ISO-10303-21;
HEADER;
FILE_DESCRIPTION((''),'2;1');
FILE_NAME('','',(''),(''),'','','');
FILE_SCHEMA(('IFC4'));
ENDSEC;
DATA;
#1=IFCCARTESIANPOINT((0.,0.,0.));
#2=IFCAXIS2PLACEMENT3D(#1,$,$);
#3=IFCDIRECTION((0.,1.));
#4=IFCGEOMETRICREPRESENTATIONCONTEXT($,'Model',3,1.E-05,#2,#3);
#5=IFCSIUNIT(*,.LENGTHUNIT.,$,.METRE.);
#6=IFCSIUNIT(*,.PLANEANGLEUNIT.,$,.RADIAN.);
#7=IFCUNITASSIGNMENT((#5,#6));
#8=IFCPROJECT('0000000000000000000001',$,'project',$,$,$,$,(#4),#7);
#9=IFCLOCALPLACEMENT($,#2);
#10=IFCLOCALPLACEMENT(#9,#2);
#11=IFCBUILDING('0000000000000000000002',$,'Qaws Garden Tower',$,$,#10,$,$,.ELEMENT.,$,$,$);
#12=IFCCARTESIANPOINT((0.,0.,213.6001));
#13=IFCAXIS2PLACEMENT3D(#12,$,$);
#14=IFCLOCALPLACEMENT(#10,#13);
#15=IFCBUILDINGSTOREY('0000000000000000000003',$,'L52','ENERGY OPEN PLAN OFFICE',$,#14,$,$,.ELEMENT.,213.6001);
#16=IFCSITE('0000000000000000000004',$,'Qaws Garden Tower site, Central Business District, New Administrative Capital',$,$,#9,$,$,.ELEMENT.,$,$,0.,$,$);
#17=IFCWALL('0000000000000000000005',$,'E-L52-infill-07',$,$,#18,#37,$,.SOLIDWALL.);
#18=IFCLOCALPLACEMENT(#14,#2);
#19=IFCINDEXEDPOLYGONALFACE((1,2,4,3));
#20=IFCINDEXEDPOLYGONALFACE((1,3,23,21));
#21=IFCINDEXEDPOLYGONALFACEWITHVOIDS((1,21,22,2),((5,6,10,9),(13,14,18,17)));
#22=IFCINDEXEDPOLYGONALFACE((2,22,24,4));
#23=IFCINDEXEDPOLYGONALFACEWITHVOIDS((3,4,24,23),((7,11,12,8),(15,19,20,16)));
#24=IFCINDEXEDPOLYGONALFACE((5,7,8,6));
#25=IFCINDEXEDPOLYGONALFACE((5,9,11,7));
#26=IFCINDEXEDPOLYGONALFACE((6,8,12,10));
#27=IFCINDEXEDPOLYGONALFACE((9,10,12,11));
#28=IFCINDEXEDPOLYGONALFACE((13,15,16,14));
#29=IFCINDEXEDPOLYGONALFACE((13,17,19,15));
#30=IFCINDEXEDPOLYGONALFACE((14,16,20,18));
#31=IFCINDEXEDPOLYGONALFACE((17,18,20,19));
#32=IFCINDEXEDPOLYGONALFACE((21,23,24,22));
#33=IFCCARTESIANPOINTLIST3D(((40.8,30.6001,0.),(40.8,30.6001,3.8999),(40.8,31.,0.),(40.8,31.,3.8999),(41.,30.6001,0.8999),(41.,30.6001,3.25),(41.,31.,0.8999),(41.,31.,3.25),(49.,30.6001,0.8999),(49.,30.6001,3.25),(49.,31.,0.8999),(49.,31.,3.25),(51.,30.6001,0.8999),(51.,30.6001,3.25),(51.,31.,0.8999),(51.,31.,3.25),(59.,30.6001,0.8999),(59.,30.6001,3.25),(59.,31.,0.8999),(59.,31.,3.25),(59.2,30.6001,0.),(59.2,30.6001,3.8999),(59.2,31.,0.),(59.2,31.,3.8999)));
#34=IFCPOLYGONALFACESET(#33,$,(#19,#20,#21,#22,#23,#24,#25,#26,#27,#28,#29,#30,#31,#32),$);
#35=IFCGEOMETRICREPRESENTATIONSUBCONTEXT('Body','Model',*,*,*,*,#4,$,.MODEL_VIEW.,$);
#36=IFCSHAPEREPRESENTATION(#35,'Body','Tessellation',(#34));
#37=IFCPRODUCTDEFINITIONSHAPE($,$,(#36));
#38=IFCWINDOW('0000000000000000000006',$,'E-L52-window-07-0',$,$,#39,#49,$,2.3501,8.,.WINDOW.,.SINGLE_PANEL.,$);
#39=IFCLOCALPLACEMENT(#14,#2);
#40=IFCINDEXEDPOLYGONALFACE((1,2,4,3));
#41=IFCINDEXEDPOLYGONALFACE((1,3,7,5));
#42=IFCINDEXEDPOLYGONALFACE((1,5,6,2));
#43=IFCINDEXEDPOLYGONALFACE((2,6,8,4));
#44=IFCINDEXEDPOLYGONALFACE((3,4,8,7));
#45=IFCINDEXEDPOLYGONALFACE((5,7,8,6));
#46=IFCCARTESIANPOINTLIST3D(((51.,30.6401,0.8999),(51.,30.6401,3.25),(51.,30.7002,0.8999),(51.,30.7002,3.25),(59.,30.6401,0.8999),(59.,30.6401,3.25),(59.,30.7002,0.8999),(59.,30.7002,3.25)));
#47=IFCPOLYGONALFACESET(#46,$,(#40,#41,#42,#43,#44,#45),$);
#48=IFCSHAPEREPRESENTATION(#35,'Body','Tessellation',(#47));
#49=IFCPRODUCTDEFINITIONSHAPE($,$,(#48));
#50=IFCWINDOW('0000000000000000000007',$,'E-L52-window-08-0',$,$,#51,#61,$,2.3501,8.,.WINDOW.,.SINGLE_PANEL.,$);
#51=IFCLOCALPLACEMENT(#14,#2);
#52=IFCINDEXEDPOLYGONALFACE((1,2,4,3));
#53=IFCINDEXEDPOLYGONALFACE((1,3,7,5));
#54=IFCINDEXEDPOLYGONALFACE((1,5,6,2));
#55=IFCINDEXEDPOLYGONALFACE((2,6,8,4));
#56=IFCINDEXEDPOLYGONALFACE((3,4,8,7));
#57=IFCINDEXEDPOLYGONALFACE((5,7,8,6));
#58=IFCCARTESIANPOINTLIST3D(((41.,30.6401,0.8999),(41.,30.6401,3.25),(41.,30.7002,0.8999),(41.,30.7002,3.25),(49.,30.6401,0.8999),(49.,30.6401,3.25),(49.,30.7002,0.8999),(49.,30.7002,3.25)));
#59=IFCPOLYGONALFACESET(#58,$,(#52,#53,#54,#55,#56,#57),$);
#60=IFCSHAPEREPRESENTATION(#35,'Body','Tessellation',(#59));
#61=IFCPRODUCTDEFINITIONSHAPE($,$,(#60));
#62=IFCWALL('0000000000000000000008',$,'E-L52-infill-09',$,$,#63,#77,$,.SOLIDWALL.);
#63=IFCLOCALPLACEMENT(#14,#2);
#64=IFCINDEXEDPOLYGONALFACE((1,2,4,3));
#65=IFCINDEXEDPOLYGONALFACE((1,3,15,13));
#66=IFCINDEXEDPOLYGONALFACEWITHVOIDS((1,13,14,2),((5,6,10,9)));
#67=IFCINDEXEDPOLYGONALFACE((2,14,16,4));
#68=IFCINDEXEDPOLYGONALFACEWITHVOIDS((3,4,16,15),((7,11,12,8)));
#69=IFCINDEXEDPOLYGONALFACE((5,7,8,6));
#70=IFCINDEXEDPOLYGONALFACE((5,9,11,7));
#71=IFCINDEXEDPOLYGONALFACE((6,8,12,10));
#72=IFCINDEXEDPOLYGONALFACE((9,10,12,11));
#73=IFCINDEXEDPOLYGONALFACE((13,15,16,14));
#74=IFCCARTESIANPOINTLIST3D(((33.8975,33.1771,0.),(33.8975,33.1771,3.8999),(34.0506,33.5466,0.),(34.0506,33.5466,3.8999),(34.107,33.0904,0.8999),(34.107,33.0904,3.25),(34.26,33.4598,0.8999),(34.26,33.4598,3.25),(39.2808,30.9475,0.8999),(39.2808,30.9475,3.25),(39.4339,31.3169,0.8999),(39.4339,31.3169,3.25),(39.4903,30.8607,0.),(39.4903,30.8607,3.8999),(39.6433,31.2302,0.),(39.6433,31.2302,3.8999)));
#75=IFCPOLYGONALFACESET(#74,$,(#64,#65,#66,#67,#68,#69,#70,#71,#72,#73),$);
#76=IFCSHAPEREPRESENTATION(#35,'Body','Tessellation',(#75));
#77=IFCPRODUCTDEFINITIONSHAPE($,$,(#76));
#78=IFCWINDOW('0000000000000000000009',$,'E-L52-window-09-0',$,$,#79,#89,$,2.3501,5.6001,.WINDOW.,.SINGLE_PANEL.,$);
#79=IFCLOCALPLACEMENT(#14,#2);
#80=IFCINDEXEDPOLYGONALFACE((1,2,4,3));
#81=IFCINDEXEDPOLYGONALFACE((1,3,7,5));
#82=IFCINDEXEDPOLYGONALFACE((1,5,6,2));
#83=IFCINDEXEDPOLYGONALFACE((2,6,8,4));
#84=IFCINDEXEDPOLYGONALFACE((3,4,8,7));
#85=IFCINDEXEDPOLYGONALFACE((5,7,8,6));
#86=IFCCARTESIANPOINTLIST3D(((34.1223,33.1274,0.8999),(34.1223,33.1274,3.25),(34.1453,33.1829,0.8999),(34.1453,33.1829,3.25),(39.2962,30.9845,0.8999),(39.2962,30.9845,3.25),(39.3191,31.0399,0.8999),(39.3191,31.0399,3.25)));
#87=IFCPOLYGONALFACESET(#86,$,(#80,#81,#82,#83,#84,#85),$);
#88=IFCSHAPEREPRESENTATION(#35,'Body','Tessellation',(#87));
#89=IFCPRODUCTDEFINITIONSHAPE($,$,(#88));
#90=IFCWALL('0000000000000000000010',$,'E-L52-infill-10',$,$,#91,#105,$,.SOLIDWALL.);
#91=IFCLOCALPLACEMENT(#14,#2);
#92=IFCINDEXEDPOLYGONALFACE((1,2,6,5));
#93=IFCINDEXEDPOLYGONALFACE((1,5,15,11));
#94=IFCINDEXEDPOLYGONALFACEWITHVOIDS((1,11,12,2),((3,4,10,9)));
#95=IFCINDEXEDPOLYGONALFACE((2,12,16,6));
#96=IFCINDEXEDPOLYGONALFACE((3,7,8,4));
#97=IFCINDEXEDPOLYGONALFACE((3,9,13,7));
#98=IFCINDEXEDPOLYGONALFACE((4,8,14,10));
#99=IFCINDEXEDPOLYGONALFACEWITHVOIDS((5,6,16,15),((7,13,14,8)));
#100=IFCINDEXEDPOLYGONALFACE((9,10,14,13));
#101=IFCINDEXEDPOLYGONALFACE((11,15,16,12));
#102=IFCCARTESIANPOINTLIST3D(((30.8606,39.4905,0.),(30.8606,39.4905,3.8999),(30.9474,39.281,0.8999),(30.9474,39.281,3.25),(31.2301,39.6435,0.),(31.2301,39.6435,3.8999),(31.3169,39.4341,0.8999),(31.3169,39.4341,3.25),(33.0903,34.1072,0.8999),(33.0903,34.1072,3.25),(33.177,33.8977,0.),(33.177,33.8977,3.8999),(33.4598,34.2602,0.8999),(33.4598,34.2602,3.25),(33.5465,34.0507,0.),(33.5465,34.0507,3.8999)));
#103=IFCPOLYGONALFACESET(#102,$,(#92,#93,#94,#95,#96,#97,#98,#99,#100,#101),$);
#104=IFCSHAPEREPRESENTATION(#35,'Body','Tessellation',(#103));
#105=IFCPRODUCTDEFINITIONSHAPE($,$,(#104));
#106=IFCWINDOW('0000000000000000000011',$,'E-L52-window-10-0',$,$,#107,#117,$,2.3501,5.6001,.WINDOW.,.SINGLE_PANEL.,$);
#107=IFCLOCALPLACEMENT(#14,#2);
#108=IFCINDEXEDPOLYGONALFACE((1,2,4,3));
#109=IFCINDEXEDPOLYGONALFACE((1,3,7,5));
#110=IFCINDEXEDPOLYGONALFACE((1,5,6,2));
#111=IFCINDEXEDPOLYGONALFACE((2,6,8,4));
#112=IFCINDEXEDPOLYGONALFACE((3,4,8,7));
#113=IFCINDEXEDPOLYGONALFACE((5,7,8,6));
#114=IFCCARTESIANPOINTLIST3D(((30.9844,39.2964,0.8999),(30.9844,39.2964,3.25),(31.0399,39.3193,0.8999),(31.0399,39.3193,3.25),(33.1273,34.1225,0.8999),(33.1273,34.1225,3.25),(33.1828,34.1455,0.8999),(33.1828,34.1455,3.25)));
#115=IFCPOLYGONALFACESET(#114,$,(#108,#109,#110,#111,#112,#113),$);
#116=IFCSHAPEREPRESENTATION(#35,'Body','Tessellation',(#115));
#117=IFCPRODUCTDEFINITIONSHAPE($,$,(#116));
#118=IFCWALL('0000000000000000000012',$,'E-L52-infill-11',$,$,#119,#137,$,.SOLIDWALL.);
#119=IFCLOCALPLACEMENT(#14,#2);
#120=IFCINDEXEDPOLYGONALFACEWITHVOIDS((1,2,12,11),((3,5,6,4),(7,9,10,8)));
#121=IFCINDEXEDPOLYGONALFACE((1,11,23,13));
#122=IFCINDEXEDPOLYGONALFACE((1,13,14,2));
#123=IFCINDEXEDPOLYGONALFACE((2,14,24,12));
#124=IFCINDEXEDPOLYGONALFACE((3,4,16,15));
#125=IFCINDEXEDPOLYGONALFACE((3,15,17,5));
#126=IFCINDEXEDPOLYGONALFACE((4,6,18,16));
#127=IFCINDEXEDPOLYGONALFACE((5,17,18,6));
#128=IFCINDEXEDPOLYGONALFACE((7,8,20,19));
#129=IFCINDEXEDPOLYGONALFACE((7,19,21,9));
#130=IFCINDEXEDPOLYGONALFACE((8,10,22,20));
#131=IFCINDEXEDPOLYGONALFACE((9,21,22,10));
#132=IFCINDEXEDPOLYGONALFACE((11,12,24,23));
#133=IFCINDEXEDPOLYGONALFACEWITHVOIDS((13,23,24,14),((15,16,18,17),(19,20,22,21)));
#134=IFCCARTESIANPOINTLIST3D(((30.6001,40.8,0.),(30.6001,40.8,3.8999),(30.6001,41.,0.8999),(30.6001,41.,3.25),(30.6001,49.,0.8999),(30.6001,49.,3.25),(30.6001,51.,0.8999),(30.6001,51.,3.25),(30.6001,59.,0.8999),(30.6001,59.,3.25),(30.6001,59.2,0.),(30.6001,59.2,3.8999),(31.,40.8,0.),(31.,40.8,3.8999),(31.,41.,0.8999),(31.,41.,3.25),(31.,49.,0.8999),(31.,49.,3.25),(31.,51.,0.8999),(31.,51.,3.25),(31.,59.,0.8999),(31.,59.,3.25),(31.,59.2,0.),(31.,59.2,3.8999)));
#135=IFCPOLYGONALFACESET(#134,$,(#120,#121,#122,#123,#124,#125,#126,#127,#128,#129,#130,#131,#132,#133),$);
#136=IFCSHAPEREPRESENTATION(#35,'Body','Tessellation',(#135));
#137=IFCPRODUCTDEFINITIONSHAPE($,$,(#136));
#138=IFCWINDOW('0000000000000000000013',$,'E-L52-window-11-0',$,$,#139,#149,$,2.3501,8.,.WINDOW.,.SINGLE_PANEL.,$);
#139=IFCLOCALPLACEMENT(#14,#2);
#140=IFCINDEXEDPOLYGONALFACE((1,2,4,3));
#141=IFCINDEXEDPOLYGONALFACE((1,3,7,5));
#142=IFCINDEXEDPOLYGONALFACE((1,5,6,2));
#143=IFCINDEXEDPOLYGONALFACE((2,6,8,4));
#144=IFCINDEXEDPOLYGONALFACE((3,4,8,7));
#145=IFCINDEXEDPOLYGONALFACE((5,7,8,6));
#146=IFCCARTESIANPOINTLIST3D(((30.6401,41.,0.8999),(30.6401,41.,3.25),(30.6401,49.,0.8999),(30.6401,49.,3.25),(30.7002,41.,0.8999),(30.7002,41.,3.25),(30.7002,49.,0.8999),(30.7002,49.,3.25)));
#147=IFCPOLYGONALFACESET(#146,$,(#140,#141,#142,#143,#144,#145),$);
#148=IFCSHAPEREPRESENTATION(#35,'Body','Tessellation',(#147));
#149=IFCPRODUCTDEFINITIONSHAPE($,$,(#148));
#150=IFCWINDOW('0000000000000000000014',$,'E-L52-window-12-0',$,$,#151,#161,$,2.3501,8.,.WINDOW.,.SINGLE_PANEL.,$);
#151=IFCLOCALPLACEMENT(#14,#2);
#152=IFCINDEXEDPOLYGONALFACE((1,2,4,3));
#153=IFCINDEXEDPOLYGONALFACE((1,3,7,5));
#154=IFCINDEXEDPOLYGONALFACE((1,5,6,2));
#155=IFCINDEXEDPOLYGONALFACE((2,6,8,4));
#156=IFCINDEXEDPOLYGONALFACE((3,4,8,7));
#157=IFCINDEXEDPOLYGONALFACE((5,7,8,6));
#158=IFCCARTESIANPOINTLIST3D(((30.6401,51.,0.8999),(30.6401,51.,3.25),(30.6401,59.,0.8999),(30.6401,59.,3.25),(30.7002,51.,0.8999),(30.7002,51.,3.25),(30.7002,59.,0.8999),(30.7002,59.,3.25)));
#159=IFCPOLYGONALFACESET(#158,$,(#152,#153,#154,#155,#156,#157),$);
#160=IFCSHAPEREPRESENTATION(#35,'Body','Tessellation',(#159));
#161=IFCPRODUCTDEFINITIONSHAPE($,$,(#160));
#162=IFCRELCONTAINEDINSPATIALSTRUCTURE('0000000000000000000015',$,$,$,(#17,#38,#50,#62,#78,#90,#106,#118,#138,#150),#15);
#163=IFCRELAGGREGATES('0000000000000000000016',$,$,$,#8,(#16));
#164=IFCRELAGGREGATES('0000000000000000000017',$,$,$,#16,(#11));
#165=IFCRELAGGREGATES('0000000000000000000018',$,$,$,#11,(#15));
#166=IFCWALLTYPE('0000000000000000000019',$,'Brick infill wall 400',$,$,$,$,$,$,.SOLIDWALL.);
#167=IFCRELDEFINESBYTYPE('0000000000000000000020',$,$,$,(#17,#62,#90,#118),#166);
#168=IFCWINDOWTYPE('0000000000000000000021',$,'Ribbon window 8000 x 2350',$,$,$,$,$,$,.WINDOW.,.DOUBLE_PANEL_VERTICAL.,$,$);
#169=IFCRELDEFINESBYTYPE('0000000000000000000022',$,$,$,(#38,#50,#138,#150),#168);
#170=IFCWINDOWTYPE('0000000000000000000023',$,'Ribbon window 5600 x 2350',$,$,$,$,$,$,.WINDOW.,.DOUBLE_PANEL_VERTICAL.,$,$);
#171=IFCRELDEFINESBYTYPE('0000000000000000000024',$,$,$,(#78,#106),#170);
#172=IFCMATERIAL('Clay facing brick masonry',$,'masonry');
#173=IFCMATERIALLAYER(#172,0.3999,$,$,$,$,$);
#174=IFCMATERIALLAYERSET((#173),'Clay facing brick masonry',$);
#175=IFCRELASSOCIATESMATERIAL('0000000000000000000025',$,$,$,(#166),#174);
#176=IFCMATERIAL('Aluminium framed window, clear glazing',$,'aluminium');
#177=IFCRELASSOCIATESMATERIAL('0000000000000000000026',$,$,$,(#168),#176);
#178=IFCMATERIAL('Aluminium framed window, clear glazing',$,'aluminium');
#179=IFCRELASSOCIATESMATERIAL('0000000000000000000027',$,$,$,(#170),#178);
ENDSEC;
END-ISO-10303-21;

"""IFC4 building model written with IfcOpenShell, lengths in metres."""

from ifc_helpers import new_model, si_unit, direction, frame, frame_2d, origin, place, context, subcontext, project, spatial, rectangle, extrude, material, layer, layer_set, type_object, element, fill, save


model = new_model("IFC4")

# Units and contexts
model_context = context("Model", 3, precision=1e-05, world=origin(), true_north=direction((0.0, 1.0)))
body_context = subcontext(model_context, "Body", "Model", "MODEL_VIEW")
ifc_project = project(units=[si_unit("LENGTHUNIT", "METRE"), si_unit("PLANEANGLEUNIT", "RADIAN")], contexts=[model_context])

# Site, building, storey
site_placement = place(None, origin())
site = spatial("IfcSite", under=ifc_project, at=site_placement, Name="Qaws Garden Tower site, Central Business District, New Administrative Capital", CompositionType="ELEMENT", RefElevation=0.0)
building_placement = place(site_placement, origin())
building = spatial("IfcBuilding", under=site, at=building_placement, Name="Qaws Garden Tower", CompositionType="ELEMENT")
storey_placement = place(building_placement, frame((0.0, 0.0, 213.6001)))
storey = spatial("IfcBuildingStorey", under=building, at=storey_placement, Name="L52", Description="ENERGY OPEN PLAN OFFICE", CompositionType="ELEMENT", Elevation=213.6001)

# Wall, openings, windows
ifc_material_1 = material(Name="Clay facing brick masonry", Category="masonry")
ifc_layer_1 = layer(ifc_material_1, 0.3999)
ifc_layer_set_1 = layer_set([ifc_layer_1], Name="Clay facing brick masonry")
wall_type_1 = type_object("IfcWallType", Name="Brick infill wall 400", PredefinedType="SOLIDWALL", material=ifc_layer_set_1)
wall_1_placement = place(storey_placement, frame((59.2, 30.8, 0.0), z_axis=(0.0, 0.0, 1.0), x_axis=(-1.0, 0.0, 0.0)))
wall_1 = element("IfcWall", 1, at=wall_1_placement, inside=storey, type_object=wall_type_1, Name="E-L52-infill-07", PredefinedType="SOLIDWALL", context=body_context, shape_type="SweptSolid", body=[
    extrude(rectangle(XDim=18.3999, YDim=0.3999, at=frame_2d((9.2, 0.0))), origin(), (0.0, 0.0, 1.0), 3.8999),
])
opening_1_placement = place(wall_1_placement, frame((0.2, 0.0, 0.8999)))
opening_1 = element("IfcOpeningElement", 2, at=opening_1_placement, cuts=wall_1, PredefinedType="OPENING", context=body_context, shape_type="SweptSolid", body=[
    extrude(rectangle(XDim=8.0, YDim=2.3501, at=frame_2d((4.0, 1.175))), frame((0.0, 0.21, 0.0), z_axis=(0.0, -1.0, 0.0), x_axis=(1.0, 0.0, 0.0)), (0.0, 0.0, 1.0), 0.4199),
])
opening_2_placement = place(wall_1_placement, frame((10.2, 0.0, 0.8999)))
opening_2 = element("IfcOpeningElement", 3, at=opening_2_placement, cuts=wall_1, PredefinedType="OPENING", context=body_context, shape_type="SweptSolid", body=[
    extrude(rectangle(XDim=8.0, YDim=2.3501, at=frame_2d((4.0, 1.175))), frame((0.0, 0.21, 0.0), z_axis=(0.0, -1.0, 0.0), x_axis=(1.0, 0.0, 0.0)), (0.0, 0.0, 1.0), 0.4199),
])
ifc_material_2 = material(Name="Aluminium framed window, clear glazing", Category="aluminium")
window_type_1 = type_object("IfcWindowType", Name="Ribbon window 8000 x 2350", PartitioningType="DOUBLE_PANEL_VERTICAL", PredefinedType="WINDOW", material=ifc_material_2)
window_1_placement = place(opening_1_placement, origin())
window_1 = element("IfcWindow", 4, at=window_1_placement, inside=storey, type_object=window_type_1, Name="E-L52-window-07-0", OverallHeight=2.3501, OverallWidth=8.0, PartitioningType="SINGLE_PANEL", PredefinedType="WINDOW", context=body_context, shape_type="SweptSolid", body=[
    extrude(rectangle(XDim=8.0, YDim=2.3501, at=frame_2d((4.0, 1.175))), frame((0.0, 0.1599, 0.0), z_axis=(0.0, -1.0, 0.0), x_axis=(1.0, 0.0, 0.0)), (0.0, 0.0, 1.0), 0.0601),
])
fill(opening_1, window_1)
window_2_placement = place(opening_2_placement, origin())
window_2 = element("IfcWindow", 5, at=window_2_placement, inside=storey, type_object=window_type_1, Name="E-L52-window-08-0", OverallHeight=2.3501, OverallWidth=8.0, PartitioningType="SINGLE_PANEL", PredefinedType="WINDOW", context=body_context, shape_type="SweptSolid", body=[
    extrude(rectangle(XDim=8.0, YDim=2.3501, at=frame_2d((4.0, 1.175))), frame((0.0, 0.1599, 0.0), z_axis=(0.0, -1.0, 0.0), x_axis=(1.0, 0.0, 0.0)), (0.0, 0.0, 1.0), 0.0601),
])
fill(opening_2, window_2)

# Walls, openings, windows
wall_2_placement = place(storey_placement, frame((39.5669, 31.0454, 0.0), z_axis=(0.0, 0.0, 1.0), x_axis=(-0.923891, 0.382656, 0.0)))
wall_2 = element("IfcWall", 6, at=wall_2_placement, inside=storey, type_object=wall_type_1, Name="E-L52-infill-09", PredefinedType="SOLIDWALL", context=body_context, shape_type="SweptSolid", body=[
    extrude(rectangle(XDim=6.0535, YDim=0.3999, at=frame_2d((3.0269, 0.0))), origin(), (0.0, 0.0, 1.0), 3.8999),
])
opening_3_placement = place(wall_2_placement, frame((0.2268, 0.0, 0.8999)))
opening_3 = element("IfcOpeningElement", 7, at=opening_3_placement, cuts=wall_2, PredefinedType="OPENING", context=body_context, shape_type="SweptSolid", body=[
    extrude(rectangle(XDim=5.6001, YDim=2.3501, at=frame_2d((2.8, 1.175))), frame((0.0, 0.21, 0.0), z_axis=(0.0, -1.0, 0.0), x_axis=(1.0, 0.0, 0.0)), (0.0, 0.0, 1.0), 0.4199),
])
ifc_material_3 = material(Name="Aluminium framed window, clear glazing", Category="aluminium")
window_type_2 = type_object("IfcWindowType", Name="Ribbon window 5600 x 2350", PartitioningType="DOUBLE_PANEL_VERTICAL", PredefinedType="WINDOW", material=ifc_material_3)
window_3_placement = place(opening_3_placement, origin())
window_3 = element("IfcWindow", 8, at=window_3_placement, inside=storey, type_object=window_type_2, Name="E-L52-window-09-0", OverallHeight=2.3501, OverallWidth=5.6001, PartitioningType="SINGLE_PANEL", PredefinedType="WINDOW", context=body_context, shape_type="SweptSolid", body=[
    extrude(rectangle(XDim=5.6001, YDim=2.3501, at=frame_2d((2.8, 1.175))), frame((0.0, 0.1599, 0.0), z_axis=(0.0, -1.0, 0.0), x_axis=(1.0, 0.0, 0.0)), (0.0, 0.0, 1.0), 0.0601),
])
fill(opening_3, window_3)
wall_3_placement = place(storey_placement, frame((33.3618, 33.9741, 0.0), z_axis=(0.0, 0.0, 1.0), x_axis=(-0.382656, 0.923891, 0.0)))
wall_3 = element("IfcWall", 9, at=wall_3_placement, inside=storey, type_object=wall_type_1, Name="E-L52-infill-10", PredefinedType="SOLIDWALL", context=body_context, shape_type="SweptSolid", body=[
    extrude(rectangle(XDim=6.0535, YDim=0.3999, at=frame_2d((3.0269, 0.0))), origin(), (0.0, 0.0, 1.0), 3.8999),
])
opening_4_placement = place(wall_3_placement, frame((0.2268, 0.0, 0.8999)))
opening_4 = element("IfcOpeningElement", 10, at=opening_4_placement, cuts=wall_3, PredefinedType="OPENING", context=body_context, shape_type="SweptSolid", body=[
    extrude(rectangle(XDim=5.6001, YDim=2.3501, at=frame_2d((2.8, 1.175))), frame((0.0, 0.21, 0.0), z_axis=(0.0, -1.0, 0.0), x_axis=(1.0, 0.0, 0.0)), (0.0, 0.0, 1.0), 0.4199),
])
window_4_placement = place(opening_4_placement, origin())
window_4 = element("IfcWindow", 11, at=window_4_placement, inside=storey, type_object=window_type_2, Name="E-L52-window-10-0", OverallHeight=2.3501, OverallWidth=5.6001, PartitioningType="SINGLE_PANEL", PredefinedType="WINDOW", context=body_context, shape_type="SweptSolid", body=[
    extrude(rectangle(XDim=5.6001, YDim=2.3501, at=frame_2d((2.8, 1.175))), frame((0.0, 0.1599, 0.0), z_axis=(0.0, -1.0, 0.0), x_axis=(1.0, 0.0, 0.0)), (0.0, 0.0, 1.0), 0.0601),
])
fill(opening_4, window_4)

# Wall, openings, windows
wall_4_placement = place(storey_placement, frame((30.8, 40.8, 0.0), z_axis=(0.0, 0.0, 1.0), x_axis=(0.0, 1.0, 0.0)))
wall_4 = element("IfcWall", 12, at=wall_4_placement, inside=storey, type_object=wall_type_1, Name="E-L52-infill-11", PredefinedType="SOLIDWALL", context=body_context, shape_type="SweptSolid", body=[
    extrude(rectangle(XDim=18.3999, YDim=0.3999, at=frame_2d((9.2, 0.0))), origin(), (0.0, 0.0, 1.0), 3.8999),
])
opening_5_placement = place(wall_4_placement, frame((0.2, 0.0, 0.8999)))
opening_5 = element("IfcOpeningElement", 13, at=opening_5_placement, cuts=wall_4, PredefinedType="OPENING", context=body_context, shape_type="SweptSolid", body=[
    extrude(rectangle(XDim=8.0, YDim=2.3501, at=frame_2d((4.0, 1.175))), frame((0.0, 0.21, 0.0), z_axis=(0.0, -1.0, 0.0), x_axis=(1.0, 0.0, 0.0)), (0.0, 0.0, 1.0), 0.4199),
])
opening_6_placement = place(wall_4_placement, frame((10.2, 0.0, 0.8999)))
opening_6 = element("IfcOpeningElement", 14, at=opening_6_placement, cuts=wall_4, PredefinedType="OPENING", context=body_context, shape_type="SweptSolid", body=[
    extrude(rectangle(XDim=8.0, YDim=2.3501, at=frame_2d((4.0, 1.175))), frame((0.0, 0.21, 0.0), z_axis=(0.0, -1.0, 0.0), x_axis=(1.0, 0.0, 0.0)), (0.0, 0.0, 1.0), 0.4199),
])
window_5_placement = place(opening_5_placement, origin())
window_5 = element("IfcWindow", 15, at=window_5_placement, inside=storey, type_object=window_type_1, Name="E-L52-window-11-0", OverallHeight=2.3501, OverallWidth=8.0, PartitioningType="SINGLE_PANEL", PredefinedType="WINDOW", context=body_context, shape_type="SweptSolid", body=[
    extrude(rectangle(XDim=8.0, YDim=2.3501, at=frame_2d((4.0, 1.175))), frame((0.0, 0.1599, 0.0), z_axis=(0.0, -1.0, 0.0), x_axis=(1.0, 0.0, 0.0)), (0.0, 0.0, 1.0), 0.0601),
])
fill(opening_5, window_5)
window_6_placement = place(opening_6_placement, origin())
window_6 = element("IfcWindow", 16, at=window_6_placement, inside=storey, type_object=window_type_1, Name="E-L52-window-12-0", OverallHeight=2.3501, OverallWidth=8.0, PartitioningType="SINGLE_PANEL", PredefinedType="WINDOW", context=body_context, shape_type="SweptSolid", body=[
    extrude(rectangle(XDim=8.0, YDim=2.3501, at=frame_2d((4.0, 1.175))), frame((0.0, 0.1599, 0.0), z_axis=(0.0, -1.0, 0.0), x_axis=(1.0, 0.0, 0.0)), (0.0, 0.0, 1.0), 0.0601),
])
fill(opening_6, window_6)

save(model, "model.ifc")
